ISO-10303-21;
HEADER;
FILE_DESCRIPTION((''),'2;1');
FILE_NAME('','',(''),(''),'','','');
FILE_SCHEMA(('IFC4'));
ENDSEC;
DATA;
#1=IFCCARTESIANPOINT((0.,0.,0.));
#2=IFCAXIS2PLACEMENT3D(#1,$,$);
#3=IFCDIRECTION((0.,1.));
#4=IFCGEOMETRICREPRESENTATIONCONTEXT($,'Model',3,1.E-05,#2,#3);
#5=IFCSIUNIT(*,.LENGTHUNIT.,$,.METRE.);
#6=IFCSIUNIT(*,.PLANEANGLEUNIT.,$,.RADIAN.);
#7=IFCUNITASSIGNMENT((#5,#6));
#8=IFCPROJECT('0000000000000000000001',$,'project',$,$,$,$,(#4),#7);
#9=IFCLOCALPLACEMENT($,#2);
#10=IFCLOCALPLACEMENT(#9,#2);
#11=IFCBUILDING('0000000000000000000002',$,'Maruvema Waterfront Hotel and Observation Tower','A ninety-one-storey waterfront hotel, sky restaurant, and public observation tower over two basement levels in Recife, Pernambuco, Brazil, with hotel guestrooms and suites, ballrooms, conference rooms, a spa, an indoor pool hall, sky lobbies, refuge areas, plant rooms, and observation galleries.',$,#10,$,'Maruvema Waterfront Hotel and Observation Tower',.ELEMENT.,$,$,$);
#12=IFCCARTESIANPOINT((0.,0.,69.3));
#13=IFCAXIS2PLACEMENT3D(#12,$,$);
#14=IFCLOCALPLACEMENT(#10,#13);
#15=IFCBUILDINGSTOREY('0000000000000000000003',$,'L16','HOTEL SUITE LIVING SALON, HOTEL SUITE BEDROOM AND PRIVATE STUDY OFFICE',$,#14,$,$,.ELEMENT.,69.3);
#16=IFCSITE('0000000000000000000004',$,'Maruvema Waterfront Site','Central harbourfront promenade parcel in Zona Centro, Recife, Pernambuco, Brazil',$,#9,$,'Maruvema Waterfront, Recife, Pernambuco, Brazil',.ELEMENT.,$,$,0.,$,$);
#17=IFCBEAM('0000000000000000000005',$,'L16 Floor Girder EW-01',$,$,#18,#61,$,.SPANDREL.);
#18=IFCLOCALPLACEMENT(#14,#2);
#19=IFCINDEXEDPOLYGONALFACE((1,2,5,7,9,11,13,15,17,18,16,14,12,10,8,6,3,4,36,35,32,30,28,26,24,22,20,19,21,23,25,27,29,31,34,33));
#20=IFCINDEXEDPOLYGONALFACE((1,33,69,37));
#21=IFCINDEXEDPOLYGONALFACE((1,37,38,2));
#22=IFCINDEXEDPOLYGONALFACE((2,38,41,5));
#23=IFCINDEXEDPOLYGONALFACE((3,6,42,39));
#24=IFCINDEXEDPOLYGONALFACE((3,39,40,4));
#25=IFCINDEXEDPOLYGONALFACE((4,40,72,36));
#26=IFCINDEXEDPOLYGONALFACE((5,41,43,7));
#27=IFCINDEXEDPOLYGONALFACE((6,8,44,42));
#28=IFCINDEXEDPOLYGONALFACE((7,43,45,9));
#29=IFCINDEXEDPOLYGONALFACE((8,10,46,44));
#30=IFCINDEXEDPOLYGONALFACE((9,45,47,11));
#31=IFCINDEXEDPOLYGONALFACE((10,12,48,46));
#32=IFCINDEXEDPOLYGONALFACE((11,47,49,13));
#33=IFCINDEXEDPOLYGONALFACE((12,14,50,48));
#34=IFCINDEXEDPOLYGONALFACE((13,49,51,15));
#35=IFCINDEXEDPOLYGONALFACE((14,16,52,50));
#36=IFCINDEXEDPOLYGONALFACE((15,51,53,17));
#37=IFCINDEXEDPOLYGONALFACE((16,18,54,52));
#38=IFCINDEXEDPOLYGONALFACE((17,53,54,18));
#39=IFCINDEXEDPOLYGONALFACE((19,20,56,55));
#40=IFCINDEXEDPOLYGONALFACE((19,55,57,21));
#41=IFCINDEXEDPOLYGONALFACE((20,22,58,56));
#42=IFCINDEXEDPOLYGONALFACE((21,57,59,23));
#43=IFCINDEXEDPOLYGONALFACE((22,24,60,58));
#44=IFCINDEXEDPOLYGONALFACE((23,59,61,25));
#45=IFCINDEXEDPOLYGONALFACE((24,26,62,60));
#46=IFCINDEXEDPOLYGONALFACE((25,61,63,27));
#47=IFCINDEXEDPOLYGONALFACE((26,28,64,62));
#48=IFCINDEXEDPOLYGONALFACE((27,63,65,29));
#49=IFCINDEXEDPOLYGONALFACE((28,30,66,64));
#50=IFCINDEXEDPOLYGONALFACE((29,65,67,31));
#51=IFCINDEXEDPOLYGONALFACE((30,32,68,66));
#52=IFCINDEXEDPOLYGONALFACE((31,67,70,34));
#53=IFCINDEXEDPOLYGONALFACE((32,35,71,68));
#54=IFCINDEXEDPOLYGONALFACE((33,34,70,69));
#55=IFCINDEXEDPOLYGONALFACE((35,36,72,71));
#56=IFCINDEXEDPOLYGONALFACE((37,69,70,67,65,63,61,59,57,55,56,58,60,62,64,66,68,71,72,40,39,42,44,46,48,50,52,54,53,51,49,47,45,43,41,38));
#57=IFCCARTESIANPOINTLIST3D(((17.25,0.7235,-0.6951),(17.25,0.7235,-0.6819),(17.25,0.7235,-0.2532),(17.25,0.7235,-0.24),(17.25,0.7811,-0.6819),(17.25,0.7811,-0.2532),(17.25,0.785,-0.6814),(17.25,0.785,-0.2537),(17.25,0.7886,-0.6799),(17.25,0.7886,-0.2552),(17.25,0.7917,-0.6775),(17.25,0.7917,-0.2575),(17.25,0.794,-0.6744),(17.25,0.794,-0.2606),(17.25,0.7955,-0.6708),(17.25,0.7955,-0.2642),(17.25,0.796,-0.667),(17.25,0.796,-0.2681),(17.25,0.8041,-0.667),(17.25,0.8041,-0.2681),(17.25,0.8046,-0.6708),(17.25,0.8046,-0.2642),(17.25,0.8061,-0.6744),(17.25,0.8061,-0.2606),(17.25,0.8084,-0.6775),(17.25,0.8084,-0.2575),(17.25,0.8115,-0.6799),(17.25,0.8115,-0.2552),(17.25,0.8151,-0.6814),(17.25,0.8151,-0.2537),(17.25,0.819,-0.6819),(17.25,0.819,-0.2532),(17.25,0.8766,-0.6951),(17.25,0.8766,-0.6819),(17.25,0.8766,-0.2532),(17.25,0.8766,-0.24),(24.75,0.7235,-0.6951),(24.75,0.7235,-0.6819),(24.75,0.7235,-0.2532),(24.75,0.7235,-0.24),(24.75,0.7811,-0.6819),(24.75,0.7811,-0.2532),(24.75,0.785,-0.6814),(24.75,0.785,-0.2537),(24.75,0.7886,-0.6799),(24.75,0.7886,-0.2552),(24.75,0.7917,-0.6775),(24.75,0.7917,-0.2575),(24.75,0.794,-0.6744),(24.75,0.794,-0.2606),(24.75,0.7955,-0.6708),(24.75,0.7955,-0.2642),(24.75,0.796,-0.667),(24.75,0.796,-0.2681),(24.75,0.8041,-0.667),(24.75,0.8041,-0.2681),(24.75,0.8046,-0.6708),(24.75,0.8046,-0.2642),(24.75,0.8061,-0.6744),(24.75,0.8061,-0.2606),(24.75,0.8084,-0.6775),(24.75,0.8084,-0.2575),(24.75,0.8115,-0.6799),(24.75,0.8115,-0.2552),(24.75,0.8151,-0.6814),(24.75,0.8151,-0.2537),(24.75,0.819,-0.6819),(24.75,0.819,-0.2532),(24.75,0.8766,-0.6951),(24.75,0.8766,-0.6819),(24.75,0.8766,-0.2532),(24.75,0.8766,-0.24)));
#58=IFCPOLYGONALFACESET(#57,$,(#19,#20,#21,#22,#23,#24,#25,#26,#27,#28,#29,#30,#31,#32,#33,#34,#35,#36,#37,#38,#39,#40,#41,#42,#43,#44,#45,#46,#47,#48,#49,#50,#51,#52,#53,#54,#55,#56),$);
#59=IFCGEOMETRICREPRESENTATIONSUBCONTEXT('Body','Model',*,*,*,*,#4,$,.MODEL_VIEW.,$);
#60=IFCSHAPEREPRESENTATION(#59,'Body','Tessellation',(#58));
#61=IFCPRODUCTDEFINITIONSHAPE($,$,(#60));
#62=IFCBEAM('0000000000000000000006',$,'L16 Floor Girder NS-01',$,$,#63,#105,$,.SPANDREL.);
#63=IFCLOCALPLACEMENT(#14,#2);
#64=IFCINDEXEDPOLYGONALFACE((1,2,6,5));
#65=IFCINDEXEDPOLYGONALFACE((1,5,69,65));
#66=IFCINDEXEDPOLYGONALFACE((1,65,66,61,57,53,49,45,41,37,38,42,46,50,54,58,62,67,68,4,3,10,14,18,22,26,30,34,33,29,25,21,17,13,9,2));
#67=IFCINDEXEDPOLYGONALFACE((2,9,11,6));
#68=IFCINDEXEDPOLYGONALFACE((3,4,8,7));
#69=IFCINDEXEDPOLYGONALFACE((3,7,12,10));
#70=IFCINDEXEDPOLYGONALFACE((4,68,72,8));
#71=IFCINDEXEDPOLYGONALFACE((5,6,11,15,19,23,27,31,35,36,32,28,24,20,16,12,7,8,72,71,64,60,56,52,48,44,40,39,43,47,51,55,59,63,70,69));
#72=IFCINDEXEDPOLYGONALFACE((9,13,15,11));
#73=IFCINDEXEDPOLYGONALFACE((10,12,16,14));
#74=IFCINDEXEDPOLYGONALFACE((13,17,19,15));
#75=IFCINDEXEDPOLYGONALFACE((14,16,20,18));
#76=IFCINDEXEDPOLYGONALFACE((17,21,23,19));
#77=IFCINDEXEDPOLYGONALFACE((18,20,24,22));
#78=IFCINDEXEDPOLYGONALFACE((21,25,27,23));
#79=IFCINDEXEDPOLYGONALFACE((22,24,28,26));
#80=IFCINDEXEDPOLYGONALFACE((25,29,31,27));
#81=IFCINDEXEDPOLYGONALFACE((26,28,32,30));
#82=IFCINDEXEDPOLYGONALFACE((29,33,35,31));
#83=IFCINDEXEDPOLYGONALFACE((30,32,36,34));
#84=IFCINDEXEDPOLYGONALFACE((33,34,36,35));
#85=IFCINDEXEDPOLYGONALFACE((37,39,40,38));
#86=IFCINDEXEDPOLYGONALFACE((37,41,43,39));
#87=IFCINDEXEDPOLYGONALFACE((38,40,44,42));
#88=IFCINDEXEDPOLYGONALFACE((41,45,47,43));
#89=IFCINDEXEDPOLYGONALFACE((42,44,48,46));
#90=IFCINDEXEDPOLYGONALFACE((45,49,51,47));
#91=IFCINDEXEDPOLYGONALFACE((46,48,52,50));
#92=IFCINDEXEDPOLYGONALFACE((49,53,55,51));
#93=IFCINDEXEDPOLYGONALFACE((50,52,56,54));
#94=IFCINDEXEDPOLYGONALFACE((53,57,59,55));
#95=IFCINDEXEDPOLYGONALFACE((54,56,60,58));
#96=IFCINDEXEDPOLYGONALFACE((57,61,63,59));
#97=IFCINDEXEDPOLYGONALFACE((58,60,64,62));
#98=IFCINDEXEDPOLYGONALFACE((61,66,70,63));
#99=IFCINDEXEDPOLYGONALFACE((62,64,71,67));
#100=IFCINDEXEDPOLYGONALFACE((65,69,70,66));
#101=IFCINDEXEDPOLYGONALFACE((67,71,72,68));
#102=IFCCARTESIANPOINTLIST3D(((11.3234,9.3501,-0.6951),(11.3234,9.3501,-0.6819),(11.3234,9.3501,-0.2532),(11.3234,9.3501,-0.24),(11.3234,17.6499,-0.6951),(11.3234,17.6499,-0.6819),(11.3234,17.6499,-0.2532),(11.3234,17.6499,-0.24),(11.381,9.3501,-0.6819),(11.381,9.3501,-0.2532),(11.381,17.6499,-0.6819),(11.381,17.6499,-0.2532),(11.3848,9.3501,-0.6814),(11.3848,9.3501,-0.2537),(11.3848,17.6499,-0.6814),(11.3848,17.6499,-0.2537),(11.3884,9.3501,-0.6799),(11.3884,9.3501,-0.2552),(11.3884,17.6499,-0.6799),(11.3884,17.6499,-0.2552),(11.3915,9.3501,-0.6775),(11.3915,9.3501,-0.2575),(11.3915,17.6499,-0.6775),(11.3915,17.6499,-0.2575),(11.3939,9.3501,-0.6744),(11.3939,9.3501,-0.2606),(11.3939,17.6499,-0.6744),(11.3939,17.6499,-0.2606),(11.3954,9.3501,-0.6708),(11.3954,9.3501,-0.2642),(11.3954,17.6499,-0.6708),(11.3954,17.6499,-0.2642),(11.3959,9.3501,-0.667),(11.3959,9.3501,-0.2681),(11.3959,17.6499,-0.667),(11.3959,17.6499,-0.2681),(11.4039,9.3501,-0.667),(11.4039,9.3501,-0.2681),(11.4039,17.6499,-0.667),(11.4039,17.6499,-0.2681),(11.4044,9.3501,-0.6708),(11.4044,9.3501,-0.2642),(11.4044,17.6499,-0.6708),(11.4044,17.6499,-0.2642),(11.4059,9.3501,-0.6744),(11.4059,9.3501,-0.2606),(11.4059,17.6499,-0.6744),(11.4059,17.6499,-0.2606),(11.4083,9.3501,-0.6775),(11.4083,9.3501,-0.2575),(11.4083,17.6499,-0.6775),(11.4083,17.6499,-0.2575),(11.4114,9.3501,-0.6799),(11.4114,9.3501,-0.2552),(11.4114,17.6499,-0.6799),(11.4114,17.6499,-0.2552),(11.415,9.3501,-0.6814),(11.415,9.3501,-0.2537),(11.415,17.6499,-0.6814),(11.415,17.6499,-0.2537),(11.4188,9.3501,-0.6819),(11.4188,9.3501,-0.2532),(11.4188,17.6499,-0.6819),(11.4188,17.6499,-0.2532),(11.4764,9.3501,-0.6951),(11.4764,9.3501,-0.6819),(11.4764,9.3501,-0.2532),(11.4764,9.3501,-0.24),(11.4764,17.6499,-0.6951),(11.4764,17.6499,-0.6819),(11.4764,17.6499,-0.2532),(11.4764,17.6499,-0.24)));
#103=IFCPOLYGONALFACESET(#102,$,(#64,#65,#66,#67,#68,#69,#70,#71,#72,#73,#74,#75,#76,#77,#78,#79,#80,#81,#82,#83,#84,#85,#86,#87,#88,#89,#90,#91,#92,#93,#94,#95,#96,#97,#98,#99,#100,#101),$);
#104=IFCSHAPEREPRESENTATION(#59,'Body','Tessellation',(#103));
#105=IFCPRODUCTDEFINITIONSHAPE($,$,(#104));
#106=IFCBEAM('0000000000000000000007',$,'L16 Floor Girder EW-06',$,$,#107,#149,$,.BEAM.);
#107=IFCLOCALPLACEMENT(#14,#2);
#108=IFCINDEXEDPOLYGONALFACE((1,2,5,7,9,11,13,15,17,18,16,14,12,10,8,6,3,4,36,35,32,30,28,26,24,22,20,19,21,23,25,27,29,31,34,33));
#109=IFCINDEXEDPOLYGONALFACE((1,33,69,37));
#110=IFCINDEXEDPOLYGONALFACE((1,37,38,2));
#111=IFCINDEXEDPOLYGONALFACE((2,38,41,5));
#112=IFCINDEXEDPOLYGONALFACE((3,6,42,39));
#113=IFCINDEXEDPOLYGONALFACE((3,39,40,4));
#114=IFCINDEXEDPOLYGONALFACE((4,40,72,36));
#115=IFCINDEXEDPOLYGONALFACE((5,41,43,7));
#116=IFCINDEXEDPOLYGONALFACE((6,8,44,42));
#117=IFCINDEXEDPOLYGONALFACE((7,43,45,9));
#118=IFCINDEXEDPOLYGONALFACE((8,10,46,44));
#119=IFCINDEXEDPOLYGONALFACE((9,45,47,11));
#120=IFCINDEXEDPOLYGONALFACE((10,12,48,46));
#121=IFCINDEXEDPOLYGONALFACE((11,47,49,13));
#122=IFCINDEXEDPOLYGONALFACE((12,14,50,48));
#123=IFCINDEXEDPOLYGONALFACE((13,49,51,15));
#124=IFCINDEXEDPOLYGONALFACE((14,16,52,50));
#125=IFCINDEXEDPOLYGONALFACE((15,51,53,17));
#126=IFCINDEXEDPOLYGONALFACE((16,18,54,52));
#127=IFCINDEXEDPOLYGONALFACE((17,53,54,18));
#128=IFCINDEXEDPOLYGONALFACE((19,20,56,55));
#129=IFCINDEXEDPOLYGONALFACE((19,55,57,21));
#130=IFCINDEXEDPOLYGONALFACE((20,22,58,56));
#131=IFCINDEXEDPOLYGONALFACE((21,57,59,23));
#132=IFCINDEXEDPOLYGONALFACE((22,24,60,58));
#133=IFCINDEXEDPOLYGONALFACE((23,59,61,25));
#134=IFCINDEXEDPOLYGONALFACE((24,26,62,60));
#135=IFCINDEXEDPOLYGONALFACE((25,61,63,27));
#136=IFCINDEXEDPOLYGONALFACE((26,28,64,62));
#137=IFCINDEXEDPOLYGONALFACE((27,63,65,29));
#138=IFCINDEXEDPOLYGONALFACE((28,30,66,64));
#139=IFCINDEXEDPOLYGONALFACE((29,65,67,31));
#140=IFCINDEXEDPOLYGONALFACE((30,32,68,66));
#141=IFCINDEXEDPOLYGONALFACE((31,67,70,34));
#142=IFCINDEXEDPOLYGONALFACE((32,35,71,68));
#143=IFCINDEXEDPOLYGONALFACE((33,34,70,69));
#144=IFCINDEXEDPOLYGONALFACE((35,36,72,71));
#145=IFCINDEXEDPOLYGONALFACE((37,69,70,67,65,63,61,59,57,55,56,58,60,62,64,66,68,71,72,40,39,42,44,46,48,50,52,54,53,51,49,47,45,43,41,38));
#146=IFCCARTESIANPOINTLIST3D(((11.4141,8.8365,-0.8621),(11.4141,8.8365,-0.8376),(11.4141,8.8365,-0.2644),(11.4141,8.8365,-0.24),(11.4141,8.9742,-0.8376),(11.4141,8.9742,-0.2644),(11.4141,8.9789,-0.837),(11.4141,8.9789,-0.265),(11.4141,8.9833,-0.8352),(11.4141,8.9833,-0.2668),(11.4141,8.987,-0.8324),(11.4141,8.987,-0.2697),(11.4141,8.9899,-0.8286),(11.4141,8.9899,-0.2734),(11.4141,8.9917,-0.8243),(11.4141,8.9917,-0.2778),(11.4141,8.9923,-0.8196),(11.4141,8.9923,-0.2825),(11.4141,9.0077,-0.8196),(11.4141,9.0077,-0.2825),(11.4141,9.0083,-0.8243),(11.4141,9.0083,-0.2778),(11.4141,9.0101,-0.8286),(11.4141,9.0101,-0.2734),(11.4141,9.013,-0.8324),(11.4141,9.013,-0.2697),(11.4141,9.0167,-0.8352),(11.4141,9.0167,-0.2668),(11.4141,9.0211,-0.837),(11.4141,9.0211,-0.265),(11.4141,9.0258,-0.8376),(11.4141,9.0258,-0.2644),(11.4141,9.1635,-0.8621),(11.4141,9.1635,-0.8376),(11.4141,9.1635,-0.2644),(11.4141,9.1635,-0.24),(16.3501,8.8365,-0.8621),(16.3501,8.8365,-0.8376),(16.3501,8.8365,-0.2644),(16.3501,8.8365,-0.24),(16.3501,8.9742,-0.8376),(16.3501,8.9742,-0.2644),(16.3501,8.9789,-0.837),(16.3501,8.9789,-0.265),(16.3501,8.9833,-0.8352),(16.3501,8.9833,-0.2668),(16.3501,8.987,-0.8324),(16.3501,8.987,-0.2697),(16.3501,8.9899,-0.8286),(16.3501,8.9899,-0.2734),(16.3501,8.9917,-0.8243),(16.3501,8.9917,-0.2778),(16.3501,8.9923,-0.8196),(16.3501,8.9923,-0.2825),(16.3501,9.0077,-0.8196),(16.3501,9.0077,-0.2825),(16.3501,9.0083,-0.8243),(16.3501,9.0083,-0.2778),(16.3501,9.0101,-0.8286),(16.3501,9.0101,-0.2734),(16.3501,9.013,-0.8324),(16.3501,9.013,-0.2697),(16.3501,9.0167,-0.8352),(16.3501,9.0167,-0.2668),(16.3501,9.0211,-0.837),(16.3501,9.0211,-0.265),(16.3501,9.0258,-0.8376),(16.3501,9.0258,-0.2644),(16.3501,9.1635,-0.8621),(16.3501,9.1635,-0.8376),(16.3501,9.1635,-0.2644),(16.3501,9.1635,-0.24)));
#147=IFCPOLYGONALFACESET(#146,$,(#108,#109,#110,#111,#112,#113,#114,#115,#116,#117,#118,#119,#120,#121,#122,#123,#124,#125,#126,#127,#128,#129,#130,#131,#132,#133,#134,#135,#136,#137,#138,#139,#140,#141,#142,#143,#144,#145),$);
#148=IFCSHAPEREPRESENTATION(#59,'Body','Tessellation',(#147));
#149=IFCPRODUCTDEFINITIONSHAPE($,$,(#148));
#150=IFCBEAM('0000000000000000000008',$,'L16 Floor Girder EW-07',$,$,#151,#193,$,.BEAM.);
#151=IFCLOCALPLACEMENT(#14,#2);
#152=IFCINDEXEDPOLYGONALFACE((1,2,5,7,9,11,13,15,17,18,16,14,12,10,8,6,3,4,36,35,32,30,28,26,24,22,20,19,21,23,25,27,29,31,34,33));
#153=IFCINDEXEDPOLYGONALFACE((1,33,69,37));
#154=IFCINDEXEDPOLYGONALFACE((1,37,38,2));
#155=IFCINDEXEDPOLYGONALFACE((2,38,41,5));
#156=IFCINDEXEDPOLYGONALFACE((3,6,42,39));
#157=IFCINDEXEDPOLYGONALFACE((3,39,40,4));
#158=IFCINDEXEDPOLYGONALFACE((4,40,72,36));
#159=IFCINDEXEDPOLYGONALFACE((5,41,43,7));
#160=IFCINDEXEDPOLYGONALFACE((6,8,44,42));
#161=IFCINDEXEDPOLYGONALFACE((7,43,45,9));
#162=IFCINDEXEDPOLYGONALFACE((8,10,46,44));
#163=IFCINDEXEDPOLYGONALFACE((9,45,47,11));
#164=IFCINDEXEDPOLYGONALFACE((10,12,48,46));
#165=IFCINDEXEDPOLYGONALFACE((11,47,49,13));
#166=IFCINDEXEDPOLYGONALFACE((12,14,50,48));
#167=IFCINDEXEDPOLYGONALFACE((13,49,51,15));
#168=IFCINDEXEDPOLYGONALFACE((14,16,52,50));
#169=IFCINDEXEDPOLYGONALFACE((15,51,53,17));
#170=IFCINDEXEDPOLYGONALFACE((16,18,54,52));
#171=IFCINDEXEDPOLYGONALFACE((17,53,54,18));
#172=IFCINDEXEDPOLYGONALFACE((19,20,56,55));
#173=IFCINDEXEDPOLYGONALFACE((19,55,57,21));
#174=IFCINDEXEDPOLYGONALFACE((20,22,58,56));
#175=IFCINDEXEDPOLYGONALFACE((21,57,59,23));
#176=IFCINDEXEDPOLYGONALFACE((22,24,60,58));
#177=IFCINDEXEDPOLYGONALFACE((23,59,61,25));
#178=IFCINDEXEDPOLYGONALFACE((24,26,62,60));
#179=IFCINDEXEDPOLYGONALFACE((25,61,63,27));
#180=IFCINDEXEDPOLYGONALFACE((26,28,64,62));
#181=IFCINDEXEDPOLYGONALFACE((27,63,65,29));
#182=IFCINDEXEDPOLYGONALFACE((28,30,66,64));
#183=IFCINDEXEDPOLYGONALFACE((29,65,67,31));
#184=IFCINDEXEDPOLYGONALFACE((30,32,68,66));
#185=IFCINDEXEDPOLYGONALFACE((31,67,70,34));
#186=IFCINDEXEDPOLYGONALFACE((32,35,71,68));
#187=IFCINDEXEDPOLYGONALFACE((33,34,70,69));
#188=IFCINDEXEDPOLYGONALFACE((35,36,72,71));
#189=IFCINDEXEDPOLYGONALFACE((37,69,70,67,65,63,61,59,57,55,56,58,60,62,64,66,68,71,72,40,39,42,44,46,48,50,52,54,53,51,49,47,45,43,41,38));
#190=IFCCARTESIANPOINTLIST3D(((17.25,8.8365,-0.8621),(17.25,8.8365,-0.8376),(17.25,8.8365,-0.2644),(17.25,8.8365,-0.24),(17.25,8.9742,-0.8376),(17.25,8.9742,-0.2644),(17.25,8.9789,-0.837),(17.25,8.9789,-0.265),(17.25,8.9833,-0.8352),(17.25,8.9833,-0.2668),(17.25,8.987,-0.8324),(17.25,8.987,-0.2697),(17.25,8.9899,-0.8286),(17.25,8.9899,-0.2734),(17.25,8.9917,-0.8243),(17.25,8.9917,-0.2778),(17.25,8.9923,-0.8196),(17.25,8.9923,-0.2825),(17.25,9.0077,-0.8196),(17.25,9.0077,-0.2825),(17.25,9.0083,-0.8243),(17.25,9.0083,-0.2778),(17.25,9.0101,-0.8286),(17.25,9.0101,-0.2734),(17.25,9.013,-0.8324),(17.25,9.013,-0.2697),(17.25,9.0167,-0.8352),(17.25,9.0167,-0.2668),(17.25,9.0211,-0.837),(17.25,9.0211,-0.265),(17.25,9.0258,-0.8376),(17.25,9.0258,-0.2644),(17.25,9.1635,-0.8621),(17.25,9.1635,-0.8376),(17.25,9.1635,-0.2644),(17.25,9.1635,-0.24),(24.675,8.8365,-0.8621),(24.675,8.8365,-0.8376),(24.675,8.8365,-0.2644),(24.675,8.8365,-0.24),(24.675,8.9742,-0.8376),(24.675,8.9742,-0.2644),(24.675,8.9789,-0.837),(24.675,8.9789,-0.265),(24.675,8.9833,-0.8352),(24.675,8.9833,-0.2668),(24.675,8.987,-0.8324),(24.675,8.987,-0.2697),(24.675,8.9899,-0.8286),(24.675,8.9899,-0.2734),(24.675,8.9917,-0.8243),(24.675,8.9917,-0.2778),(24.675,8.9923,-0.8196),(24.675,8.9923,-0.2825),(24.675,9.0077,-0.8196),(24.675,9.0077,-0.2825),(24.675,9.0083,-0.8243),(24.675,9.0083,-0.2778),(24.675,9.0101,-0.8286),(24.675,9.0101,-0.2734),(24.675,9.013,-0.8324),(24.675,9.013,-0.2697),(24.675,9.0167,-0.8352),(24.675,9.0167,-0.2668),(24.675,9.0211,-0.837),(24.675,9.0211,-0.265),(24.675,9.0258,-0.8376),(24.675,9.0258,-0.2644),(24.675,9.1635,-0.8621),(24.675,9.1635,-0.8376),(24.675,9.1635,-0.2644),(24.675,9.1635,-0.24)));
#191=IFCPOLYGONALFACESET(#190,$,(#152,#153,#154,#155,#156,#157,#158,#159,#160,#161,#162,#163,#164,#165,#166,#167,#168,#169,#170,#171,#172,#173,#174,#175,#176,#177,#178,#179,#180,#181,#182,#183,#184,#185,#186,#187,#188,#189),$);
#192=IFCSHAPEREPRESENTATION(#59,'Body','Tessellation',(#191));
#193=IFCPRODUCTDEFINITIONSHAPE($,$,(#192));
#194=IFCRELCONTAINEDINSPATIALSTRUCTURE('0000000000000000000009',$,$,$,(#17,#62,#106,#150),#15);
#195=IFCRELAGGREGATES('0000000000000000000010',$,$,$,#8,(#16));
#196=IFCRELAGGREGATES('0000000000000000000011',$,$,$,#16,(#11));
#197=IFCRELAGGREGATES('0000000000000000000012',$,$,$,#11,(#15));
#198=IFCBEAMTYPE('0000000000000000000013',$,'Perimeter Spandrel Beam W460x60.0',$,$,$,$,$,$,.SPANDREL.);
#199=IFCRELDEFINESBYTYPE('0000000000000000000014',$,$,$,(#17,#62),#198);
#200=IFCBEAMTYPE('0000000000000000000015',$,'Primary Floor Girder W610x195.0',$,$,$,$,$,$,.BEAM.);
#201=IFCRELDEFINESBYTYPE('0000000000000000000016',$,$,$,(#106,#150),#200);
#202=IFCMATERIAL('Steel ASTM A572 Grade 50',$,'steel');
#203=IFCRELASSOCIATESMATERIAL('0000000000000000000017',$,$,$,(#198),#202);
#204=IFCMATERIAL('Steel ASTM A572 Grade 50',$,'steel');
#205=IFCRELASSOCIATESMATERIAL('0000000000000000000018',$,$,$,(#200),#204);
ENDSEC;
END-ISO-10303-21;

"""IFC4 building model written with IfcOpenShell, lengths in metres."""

from ifc_helpers import new_model, si_unit, direction, frame, origin, origin_2d, place, context, subcontext, project, spatial, i_section, extrude, material, material_profile, profile_set, type_object, element, save


model = new_model("IFC4")

# Units and contexts
model_context = context("Model", 3, precision=1e-05, world=origin(), true_north=direction((0.0, 1.0)))
body_context = subcontext(model_context, "Body", "Model", "MODEL_VIEW")
ifc_project = project(units=[si_unit("LENGTHUNIT", "METRE"), si_unit("PLANEANGLEUNIT", "RADIAN")], contexts=[model_context])

# Site, building, storey
site_placement = place(None, origin())
site = spatial("IfcSite", under=ifc_project, at=site_placement, Name="Maruvema Waterfront Site", Description="Central harbourfront promenade parcel in Zona Centro, Recife, Pernambuco, Brazil", LongName="Maruvema Waterfront, Recife, Pernambuco, Brazil", CompositionType="ELEMENT", RefElevation=0.0)
building_placement = place(site_placement, origin())
building = spatial("IfcBuilding", under=site, at=building_placement, Name="Maruvema Waterfront Hotel and Observation Tower", Description="A ninety-one-storey waterfront hotel, sky restaurant, and public observation tower over two basement levels in Recife, Pernambuco, Brazil, with hotel guestrooms and suites, ballrooms, conference rooms, a spa, an indoor pool hall, sky lobbies, refuge areas, plant rooms, and observation galleries.", LongName="Maruvema Waterfront Hotel and Observation Tower", CompositionType="ELEMENT")
storey_placement = place(building_placement, frame((0.0, 0.0, 69.3)))
storey = spatial("IfcBuildingStorey", under=building, at=storey_placement, Name="L16", Description="HOTEL SUITE LIVING SALON, HOTEL SUITE BEDROOM AND PRIVATE STUDY OFFICE", CompositionType="ELEMENT", Elevation=69.3)

# Beams
ifc_material_1 = material(Name="Steel ASTM A572 Grade 50", Category="steel")
ifc_material_profile_1 = material_profile(ifc_material_1, i_section(OverallWidth=0.1531, OverallDepth=0.4551, WebThickness=0.0081, FlangeThickness=0.0132, FilletRadius=0.0149, at=origin_2d()), Name="W460x60.0")
ifc_profile_set_1 = profile_set([ifc_material_profile_1], Name="Steel ASTM A572 Grade 50")
beam_type_1 = type_object("IfcBeamType", Name="Perimeter Spandrel Beam W460x60.0", PredefinedType="SPANDREL", material=ifc_profile_set_1)
beam_1_placement = place(storey_placement, frame((17.25, 0.8, -0.4675), z_axis=(1.0, 0.0, 0.0), x_axis=(0.0, 1.0, 0.0)))
element("IfcBeam", 1, at=beam_1_placement, inside=storey, type_object=beam_type_1, Name="L16 Floor Girder EW-01", PredefinedType="SPANDREL", context=body_context, shape_type="SweptSolid", body=[
    extrude(i_section(OverallWidth=0.1531, OverallDepth=0.4551, WebThickness=0.0081, FlangeThickness=0.0132, FilletRadius=0.0149, at=origin_2d()), origin(), (0.0, 0.0, 1.0), 7.5),
])
beam_2_placement = place(storey_placement, frame((11.3999, 9.3501, -0.4675), z_axis=(0.0, 1.0, 0.0), x_axis=(-1.0, 0.0, 0.0)))
element("IfcBeam", 2, at=beam_2_placement, inside=storey, type_object=beam_type_1, Name="L16 Floor Girder NS-01", PredefinedType="SPANDREL", context=body_context, shape_type="SweptSolid", body=[
    extrude(i_section(OverallWidth=0.1531, OverallDepth=0.4551, WebThickness=0.0081, FlangeThickness=0.0132, FilletRadius=0.0149, at=origin_2d()), origin(), (0.0, 0.0, 1.0), 8.2998),
])
ifc_material_2 = material(Name="Steel ASTM A572 Grade 50", Category="steel")
ifc_material_profile_2 = material_profile(ifc_material_2, i_section(OverallWidth=0.3269, OverallDepth=0.6221, WebThickness=0.0154, FlangeThickness=0.0244, FilletRadius=0.0181, at=origin_2d()), Name="W610x195.0")
ifc_profile_set_2 = profile_set([ifc_material_profile_2], Name="Steel ASTM A572 Grade 50")
beam_type_2 = type_object("IfcBeamType", Name="Primary Floor Girder W610x195.0", PredefinedType="BEAM", material=ifc_profile_set_2)
beam_3_placement = place(storey_placement, frame((11.4141, 9.0, -0.551), z_axis=(1.0, 0.0, 0.0), x_axis=(0.0, 1.0, 0.0)))
element("IfcBeam", 3, at=beam_3_placement, inside=storey, type_object=beam_type_2, Name="L16 Floor Girder EW-06", PredefinedType="BEAM", context=body_context, shape_type="SweptSolid", body=[
    extrude(i_section(OverallWidth=0.3269, OverallDepth=0.6221, WebThickness=0.0154, FlangeThickness=0.0244, FilletRadius=0.0181, at=origin_2d()), origin(), (0.0, 0.0, 1.0), 4.936),
])
beam_4_placement = place(storey_placement, frame((17.25, 9.0, -0.551), z_axis=(1.0, 0.0, 0.0), x_axis=(0.0, 1.0, 0.0)))
element("IfcBeam", 4, at=beam_4_placement, inside=storey, type_object=beam_type_2, Name="L16 Floor Girder EW-07", PredefinedType="BEAM", context=body_context, shape_type="SweptSolid", body=[
    extrude(i_section(OverallWidth=0.3269, OverallDepth=0.6221, WebThickness=0.0154, FlangeThickness=0.0244, FilletRadius=0.0181, at=origin_2d()), origin(), (0.0, 0.0, 1.0), 7.425),
])

save(model, "model.ifc")
